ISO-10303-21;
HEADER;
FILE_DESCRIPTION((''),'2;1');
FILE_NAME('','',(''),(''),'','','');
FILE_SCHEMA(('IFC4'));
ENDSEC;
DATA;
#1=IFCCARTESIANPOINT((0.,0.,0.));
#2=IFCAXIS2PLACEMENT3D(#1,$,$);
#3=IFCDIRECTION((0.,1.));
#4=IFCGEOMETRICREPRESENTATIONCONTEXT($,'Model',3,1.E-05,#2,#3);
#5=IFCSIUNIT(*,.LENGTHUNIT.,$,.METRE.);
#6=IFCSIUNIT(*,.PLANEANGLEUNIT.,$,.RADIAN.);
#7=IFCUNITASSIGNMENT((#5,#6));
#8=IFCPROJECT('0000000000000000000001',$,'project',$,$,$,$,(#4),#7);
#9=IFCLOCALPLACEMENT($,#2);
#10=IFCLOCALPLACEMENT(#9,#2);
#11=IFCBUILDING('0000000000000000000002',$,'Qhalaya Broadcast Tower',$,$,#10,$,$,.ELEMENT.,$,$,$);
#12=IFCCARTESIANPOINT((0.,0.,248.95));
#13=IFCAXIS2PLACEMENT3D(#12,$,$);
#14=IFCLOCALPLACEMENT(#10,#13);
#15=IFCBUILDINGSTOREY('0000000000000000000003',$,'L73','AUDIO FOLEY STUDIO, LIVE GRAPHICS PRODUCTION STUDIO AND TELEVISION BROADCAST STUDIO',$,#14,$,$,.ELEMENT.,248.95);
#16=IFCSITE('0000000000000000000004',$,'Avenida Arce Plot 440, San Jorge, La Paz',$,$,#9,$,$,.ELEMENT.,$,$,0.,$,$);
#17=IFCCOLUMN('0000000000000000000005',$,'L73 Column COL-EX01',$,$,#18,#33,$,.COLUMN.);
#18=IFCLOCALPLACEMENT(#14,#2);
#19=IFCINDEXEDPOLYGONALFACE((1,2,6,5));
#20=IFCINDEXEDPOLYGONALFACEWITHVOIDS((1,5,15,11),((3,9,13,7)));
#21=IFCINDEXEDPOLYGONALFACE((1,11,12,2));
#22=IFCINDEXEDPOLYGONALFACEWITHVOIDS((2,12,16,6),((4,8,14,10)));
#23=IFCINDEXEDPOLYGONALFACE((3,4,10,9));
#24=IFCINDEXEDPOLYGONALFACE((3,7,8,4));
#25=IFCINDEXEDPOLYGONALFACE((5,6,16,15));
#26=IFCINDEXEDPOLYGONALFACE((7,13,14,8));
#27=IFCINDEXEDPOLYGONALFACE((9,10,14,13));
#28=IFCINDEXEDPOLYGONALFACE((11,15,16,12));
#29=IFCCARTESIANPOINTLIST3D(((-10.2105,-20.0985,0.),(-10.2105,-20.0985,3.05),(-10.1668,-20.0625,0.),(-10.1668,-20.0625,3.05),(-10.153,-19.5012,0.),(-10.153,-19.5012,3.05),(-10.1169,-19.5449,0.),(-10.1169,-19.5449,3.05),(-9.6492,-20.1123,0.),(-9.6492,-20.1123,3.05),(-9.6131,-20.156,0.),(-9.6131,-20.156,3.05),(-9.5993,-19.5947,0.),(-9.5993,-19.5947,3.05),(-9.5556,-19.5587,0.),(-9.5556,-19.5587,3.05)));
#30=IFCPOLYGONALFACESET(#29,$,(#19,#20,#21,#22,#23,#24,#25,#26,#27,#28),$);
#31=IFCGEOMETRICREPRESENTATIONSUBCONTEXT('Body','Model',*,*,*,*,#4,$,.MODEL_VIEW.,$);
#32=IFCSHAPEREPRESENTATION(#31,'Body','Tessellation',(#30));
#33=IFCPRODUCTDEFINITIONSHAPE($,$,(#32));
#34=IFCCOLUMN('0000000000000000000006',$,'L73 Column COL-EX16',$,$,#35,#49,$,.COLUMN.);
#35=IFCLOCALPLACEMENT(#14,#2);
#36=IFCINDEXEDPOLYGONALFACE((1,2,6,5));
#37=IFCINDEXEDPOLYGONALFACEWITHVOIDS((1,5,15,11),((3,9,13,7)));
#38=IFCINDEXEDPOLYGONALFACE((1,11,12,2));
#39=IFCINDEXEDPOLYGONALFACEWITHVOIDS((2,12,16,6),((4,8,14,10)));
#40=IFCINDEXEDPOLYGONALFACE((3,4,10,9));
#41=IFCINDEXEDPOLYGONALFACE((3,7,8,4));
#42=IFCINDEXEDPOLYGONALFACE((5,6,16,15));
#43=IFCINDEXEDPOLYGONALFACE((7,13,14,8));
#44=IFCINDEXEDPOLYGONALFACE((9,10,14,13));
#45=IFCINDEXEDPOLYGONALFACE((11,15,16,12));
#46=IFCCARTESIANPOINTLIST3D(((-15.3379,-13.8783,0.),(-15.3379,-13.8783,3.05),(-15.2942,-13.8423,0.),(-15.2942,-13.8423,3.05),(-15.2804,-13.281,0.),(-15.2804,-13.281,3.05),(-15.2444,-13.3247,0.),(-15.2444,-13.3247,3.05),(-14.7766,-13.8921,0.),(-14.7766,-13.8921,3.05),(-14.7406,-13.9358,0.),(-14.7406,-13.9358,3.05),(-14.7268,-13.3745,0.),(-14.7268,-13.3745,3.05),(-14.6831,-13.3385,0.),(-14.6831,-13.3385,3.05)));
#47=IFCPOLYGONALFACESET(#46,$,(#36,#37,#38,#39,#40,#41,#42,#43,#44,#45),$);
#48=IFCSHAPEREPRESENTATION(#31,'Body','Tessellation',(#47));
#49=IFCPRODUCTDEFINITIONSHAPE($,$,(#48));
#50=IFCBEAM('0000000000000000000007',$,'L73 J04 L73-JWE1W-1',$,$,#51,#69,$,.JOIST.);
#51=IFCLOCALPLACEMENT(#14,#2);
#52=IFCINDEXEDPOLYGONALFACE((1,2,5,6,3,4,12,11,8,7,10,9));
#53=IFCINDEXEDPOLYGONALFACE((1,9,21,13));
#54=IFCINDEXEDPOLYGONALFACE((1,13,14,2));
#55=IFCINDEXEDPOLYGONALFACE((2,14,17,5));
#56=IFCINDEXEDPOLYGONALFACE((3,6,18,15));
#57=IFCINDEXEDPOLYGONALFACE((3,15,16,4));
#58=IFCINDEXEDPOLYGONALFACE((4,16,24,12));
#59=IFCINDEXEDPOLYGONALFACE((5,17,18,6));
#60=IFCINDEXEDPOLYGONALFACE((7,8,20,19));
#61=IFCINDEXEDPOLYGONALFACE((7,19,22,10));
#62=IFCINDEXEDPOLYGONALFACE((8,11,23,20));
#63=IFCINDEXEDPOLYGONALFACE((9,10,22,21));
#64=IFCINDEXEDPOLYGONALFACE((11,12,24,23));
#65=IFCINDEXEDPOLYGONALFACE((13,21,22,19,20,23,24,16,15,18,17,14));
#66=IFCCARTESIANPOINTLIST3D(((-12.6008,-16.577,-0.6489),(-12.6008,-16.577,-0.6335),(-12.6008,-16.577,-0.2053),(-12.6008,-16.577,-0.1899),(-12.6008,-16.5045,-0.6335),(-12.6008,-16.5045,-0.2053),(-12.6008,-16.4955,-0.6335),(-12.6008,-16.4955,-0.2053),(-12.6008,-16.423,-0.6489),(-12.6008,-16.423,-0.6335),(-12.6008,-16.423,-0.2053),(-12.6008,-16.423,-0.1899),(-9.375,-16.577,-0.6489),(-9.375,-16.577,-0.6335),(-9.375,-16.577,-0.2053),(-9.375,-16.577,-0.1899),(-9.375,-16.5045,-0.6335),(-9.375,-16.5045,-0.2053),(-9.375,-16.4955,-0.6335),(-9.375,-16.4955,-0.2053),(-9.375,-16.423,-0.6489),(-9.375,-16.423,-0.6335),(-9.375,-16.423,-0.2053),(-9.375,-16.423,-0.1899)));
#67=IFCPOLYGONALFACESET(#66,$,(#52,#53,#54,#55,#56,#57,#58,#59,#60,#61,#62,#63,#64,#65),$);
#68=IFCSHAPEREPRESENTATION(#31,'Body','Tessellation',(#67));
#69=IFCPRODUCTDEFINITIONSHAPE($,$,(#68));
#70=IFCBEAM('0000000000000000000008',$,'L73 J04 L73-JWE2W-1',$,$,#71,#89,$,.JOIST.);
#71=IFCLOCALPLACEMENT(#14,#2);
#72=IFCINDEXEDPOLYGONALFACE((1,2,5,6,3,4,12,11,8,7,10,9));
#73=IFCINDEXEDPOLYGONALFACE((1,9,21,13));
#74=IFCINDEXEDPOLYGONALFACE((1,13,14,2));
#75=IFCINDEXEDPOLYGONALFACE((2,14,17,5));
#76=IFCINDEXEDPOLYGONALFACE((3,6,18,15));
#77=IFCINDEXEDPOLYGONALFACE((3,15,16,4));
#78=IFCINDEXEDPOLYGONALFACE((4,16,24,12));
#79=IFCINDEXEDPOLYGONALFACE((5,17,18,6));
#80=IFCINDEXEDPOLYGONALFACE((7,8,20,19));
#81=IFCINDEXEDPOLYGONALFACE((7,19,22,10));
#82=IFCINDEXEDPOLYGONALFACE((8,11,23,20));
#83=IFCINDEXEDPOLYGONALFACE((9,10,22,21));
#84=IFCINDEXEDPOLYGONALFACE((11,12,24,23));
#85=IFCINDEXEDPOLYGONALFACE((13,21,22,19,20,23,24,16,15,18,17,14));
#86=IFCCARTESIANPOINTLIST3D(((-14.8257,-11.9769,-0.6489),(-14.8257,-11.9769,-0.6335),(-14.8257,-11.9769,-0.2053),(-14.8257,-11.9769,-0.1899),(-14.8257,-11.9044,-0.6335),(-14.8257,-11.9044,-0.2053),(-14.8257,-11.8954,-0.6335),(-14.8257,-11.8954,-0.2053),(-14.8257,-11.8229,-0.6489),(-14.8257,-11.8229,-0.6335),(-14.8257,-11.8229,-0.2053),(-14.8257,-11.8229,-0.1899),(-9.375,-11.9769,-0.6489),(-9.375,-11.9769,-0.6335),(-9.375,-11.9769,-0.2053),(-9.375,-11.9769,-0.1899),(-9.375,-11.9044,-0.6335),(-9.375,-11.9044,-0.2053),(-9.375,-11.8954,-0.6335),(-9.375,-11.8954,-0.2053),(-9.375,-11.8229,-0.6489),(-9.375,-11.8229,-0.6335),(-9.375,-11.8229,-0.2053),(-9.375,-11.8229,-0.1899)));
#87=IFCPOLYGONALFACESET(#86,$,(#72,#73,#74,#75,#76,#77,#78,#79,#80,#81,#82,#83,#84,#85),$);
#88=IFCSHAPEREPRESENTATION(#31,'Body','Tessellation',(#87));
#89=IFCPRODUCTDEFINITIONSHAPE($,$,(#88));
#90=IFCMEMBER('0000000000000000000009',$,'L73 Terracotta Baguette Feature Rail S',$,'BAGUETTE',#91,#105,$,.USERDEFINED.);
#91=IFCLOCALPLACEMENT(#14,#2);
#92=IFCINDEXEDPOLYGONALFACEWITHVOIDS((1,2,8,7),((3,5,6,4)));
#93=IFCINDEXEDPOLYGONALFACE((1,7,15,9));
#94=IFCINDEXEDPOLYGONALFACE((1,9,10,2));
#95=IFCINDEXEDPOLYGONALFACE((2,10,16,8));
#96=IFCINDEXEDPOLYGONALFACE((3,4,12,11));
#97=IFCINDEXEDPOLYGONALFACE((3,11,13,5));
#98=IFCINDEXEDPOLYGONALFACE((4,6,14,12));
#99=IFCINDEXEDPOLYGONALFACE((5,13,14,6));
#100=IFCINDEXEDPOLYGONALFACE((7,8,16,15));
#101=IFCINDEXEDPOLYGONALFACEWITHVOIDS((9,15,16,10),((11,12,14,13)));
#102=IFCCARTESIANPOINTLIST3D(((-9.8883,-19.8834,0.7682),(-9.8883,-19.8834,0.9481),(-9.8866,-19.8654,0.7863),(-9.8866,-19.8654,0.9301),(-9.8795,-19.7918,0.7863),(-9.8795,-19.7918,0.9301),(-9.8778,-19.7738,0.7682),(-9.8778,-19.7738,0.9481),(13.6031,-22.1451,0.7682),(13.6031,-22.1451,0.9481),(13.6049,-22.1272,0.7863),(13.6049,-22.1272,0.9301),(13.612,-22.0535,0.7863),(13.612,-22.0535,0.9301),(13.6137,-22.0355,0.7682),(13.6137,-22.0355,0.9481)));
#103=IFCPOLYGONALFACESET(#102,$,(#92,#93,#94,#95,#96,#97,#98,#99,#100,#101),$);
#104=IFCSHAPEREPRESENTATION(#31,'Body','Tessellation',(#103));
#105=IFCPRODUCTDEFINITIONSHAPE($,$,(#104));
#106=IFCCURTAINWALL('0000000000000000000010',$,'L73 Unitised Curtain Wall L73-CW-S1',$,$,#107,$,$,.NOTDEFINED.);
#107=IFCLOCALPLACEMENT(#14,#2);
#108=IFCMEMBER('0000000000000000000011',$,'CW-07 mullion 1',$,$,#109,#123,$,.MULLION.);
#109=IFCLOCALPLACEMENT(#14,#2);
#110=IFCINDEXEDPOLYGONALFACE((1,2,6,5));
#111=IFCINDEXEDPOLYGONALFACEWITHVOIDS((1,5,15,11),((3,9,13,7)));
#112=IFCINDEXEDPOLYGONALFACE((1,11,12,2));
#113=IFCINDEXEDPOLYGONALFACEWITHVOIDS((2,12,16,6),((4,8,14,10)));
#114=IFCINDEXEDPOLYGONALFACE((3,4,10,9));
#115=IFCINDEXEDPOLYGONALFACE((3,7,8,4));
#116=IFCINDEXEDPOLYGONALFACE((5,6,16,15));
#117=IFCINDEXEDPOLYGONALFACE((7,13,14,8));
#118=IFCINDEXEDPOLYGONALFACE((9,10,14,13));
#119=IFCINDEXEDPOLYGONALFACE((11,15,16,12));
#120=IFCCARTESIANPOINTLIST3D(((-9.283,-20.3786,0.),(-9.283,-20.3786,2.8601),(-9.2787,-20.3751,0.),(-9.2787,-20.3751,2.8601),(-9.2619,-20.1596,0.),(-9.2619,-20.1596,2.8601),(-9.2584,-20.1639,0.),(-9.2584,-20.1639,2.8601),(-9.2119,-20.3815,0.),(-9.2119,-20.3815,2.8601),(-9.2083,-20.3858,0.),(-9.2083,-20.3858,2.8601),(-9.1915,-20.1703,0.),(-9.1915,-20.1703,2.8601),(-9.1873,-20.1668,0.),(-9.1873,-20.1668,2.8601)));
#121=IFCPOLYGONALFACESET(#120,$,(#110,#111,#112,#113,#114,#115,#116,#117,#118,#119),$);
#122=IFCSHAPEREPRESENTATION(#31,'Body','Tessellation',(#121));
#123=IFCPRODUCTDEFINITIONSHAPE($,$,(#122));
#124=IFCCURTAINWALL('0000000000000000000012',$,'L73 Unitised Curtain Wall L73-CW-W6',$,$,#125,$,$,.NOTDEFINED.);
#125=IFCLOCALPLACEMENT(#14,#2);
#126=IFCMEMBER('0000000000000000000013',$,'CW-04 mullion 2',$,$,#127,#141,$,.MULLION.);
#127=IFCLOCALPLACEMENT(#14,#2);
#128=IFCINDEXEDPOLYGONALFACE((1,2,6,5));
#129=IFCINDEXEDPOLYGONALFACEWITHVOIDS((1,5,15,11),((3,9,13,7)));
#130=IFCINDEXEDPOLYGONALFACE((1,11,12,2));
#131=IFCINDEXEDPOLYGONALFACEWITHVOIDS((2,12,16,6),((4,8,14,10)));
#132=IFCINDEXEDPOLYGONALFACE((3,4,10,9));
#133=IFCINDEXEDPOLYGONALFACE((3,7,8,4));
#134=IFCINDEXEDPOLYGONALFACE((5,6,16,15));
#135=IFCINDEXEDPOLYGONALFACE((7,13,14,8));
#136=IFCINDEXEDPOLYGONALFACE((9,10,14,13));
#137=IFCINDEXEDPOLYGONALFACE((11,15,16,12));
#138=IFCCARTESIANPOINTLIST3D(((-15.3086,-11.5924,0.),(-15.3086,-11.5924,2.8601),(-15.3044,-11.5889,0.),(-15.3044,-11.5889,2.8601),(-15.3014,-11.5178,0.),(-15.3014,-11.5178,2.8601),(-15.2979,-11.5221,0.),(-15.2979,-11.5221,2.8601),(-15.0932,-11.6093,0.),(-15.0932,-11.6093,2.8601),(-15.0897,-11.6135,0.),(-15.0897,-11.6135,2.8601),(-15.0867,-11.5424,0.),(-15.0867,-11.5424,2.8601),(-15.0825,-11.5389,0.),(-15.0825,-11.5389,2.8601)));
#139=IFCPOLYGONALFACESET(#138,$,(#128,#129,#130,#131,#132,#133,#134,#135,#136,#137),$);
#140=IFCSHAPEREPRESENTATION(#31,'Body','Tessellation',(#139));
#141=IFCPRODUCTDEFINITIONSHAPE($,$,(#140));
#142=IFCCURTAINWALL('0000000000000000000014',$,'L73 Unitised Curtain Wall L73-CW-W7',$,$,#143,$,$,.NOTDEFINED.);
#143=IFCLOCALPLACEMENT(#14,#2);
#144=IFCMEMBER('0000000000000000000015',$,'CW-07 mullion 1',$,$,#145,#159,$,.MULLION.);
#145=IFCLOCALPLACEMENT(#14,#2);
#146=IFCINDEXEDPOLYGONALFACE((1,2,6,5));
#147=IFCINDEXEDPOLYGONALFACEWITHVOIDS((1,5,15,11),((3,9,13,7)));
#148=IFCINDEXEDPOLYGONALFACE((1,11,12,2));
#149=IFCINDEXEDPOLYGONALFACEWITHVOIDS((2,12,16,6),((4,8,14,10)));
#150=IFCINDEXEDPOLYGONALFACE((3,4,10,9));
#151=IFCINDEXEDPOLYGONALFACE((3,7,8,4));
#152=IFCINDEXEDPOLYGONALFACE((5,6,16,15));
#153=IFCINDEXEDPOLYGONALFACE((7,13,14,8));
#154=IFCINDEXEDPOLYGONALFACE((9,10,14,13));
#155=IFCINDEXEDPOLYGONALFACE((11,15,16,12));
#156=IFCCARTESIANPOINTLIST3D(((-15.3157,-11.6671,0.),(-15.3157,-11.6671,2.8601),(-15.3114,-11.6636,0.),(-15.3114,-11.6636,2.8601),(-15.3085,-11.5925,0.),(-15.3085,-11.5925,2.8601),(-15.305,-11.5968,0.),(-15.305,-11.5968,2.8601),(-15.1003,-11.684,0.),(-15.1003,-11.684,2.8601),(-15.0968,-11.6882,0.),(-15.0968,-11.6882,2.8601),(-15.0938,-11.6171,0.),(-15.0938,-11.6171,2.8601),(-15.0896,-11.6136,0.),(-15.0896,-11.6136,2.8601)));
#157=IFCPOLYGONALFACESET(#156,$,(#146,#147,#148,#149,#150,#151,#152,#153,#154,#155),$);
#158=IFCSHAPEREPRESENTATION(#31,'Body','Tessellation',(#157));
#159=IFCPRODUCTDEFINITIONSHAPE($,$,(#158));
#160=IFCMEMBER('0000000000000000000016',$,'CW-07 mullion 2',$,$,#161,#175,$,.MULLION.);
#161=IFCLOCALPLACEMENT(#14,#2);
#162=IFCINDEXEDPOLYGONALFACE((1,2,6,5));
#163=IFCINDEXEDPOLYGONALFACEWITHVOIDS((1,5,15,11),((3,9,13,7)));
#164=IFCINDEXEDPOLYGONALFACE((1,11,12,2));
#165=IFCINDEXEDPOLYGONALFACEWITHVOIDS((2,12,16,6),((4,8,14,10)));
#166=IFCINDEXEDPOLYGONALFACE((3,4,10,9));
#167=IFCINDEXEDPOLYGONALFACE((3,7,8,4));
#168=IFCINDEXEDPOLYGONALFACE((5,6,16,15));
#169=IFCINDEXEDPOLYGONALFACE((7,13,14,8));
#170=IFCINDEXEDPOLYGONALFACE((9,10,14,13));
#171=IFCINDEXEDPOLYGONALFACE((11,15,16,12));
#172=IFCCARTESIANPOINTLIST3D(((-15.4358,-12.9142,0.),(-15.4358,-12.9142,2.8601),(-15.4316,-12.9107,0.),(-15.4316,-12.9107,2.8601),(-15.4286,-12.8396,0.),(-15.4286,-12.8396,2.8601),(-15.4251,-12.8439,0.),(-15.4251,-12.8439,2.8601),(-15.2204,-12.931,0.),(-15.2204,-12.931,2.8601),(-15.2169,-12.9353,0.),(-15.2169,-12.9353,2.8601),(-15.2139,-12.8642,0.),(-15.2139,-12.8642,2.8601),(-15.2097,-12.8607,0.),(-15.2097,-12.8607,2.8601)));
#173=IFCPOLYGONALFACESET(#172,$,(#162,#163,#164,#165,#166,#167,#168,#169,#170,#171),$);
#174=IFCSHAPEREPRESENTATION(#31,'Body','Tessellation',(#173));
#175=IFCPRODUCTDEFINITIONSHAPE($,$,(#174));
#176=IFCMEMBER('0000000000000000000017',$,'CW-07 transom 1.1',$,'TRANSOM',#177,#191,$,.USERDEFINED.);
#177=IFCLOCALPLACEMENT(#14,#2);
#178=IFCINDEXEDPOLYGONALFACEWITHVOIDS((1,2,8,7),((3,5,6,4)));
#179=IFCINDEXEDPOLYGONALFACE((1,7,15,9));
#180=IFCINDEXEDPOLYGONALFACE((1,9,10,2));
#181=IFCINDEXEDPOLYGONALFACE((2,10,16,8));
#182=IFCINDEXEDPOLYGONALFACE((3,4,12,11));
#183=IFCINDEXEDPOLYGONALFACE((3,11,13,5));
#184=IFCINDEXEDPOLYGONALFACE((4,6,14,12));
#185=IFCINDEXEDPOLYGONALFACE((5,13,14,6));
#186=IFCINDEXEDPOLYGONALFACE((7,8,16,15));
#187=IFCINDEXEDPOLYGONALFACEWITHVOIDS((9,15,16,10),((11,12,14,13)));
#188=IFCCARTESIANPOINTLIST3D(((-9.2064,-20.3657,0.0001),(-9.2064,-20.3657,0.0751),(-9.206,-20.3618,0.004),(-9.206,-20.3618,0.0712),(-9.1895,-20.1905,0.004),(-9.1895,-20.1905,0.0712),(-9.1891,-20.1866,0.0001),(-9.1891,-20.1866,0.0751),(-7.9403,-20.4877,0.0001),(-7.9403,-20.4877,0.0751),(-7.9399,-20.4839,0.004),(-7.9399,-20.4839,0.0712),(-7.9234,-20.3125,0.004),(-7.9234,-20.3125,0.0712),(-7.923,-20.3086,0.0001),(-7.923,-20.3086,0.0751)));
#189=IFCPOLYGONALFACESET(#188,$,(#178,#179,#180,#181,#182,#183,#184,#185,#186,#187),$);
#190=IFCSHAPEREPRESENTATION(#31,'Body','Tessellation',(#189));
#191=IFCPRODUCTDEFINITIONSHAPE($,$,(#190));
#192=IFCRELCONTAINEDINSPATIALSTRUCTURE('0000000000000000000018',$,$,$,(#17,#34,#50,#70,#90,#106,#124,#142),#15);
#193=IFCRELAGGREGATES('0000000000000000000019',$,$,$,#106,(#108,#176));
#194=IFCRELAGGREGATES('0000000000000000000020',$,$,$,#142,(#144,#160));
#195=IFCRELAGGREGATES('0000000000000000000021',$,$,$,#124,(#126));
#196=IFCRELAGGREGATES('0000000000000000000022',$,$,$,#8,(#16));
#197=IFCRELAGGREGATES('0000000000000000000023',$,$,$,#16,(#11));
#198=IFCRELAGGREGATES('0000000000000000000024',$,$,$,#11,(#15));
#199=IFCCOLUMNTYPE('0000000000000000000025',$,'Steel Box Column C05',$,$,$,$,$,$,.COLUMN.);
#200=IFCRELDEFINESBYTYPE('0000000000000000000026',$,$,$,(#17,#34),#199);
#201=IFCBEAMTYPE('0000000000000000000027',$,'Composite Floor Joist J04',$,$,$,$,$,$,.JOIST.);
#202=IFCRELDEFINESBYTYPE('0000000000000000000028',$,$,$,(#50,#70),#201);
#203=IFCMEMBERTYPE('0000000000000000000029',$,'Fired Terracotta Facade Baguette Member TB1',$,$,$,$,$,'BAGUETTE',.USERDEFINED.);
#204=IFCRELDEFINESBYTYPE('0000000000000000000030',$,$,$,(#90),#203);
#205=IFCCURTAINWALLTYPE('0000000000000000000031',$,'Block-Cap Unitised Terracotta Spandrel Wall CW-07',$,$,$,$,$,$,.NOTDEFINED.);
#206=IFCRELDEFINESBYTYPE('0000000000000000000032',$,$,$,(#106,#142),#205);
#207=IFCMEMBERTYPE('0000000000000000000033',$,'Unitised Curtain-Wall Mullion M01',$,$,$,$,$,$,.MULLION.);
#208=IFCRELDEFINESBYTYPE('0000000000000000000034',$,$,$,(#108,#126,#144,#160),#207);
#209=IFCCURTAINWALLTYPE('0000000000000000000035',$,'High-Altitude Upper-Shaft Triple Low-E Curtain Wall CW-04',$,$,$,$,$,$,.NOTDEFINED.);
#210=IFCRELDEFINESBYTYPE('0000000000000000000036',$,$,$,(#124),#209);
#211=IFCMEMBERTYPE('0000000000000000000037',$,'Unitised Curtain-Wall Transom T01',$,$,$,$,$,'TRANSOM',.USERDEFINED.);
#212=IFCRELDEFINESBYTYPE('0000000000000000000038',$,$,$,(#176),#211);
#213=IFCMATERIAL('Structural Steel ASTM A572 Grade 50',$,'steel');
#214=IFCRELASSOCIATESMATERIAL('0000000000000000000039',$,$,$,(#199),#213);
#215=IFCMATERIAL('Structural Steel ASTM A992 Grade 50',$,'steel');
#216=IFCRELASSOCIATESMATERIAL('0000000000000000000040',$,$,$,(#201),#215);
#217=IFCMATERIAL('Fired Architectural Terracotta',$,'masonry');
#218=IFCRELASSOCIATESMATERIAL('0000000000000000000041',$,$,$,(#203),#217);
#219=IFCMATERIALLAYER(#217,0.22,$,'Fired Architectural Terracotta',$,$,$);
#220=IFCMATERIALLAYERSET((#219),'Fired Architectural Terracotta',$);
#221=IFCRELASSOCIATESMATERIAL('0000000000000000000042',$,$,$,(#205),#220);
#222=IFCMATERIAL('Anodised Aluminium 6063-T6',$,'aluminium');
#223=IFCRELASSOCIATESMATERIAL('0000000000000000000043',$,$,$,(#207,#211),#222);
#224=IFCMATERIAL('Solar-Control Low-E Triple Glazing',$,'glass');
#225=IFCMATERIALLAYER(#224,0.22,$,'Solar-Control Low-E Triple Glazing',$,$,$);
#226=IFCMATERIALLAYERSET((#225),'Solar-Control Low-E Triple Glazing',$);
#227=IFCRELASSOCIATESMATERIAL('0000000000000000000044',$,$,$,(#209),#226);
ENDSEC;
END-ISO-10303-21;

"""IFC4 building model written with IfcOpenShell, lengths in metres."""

from ifc_helpers import new_model, si_unit, direction, frame, origin, origin_2d, place, context, subcontext, project, spatial, hollow_rectangle, i_section, extrude, material, layer, layer_set, material_profile, profile_set, type_object, element, aggregate, save


model = new_model("IFC4")

# Units and contexts
model_context = context("Model", 3, precision=1e-05, world=origin(), true_north=direction((0.0, 1.0)))
body_context = subcontext(model_context, "Body", "Model", "MODEL_VIEW")
ifc_project = project(units=[si_unit("LENGTHUNIT", "METRE"), si_unit("PLANEANGLEUNIT", "RADIAN")], contexts=[model_context])

# Site, building, storey
site_placement = place(None, origin())
site = spatial("IfcSite", under=ifc_project, at=site_placement, Name="Avenida Arce Plot 440, San Jorge, La Paz", CompositionType="ELEMENT", RefElevation=0.0)
building_placement = place(site_placement, origin())
building = spatial("IfcBuilding", under=site, at=building_placement, Name="Qhalaya Broadcast Tower", CompositionType="ELEMENT")
storey_placement = place(building_placement, frame((0.0, 0.0, 248.95)))
storey = spatial("IfcBuildingStorey", under=building, at=storey_placement, Name="L73", Description="AUDIO FOLEY STUDIO, LIVE GRAPHICS PRODUCTION STUDIO AND TELEVISION BROADCAST STUDIO", CompositionType="ELEMENT", Elevation=248.95)

# Columns
ifc_material_1 = material(Name="Structural Steel ASTM A572 Grade 50", Category="steel")
ifc_material_profile_1 = material_profile(ifc_material_1, hollow_rectangle(XDim=0.6001, YDim=0.6001, WallThickness=0.04, at=origin_2d()), Name="BOX 600x600x40")
ifc_profile_set_1 = profile_set([ifc_material_profile_1], Name="Structural Steel ASTM A572 Grade 50")
column_type = type_object("IfcColumnType", Name="Steel Box Column C05", PredefinedType="COLUMN", material=ifc_profile_set_1)
for number, where, z_axis, x_axis, name in (
    (1, (-9.8831, -19.8286, 0.0), (0.0, 0.0, 1.0), (0.995396, -0.095846, 0.0), "L73 Column COL-EX01"),
    (2, (-15.0105, -13.6084, 0.0), (0.0, 0.0, 1.0), (0.095846, 0.995396, 0.0), "L73 Column COL-EX16"),
):
    element("IfcColumn", number, at=place(storey_placement, frame(where, z_axis=z_axis, x_axis=x_axis)), inside=storey, type_object=column_type, Name=name, PredefinedType="COLUMN", context=body_context, shape_type="SweptSolid", body=[
        extrude(hollow_rectangle(XDim=0.6001, YDim=0.6001, WallThickness=0.04, at=origin_2d()), origin(), (0.0, 0.0, 1.0), 3.05),
    ])

# Beams
ifc_material_2 = material(Name="Structural Steel ASTM A992 Grade 50", Category="steel")
ifc_material_profile_2 = material_profile(ifc_material_2, i_section(OverallWidth=0.1541, OverallDepth=0.459, WebThickness=0.009, FlangeThickness=0.0154, at=origin_2d()), Name="W18X46")
ifc_profile_set_2 = profile_set([ifc_material_profile_2], Name="Structural Steel ASTM A992 Grade 50")
beam_type_1 = type_object("IfcBeamType", Name="Composite Floor Joist J04", PredefinedType="JOIST", material=ifc_profile_set_2)
beam_1_placement = place(storey_placement, frame((-12.6008, -16.5, -0.4194), z_axis=(1.0, 0.0, 0.0), x_axis=(0.0, 1.0, 0.0)))
element("IfcBeam", 3, at=beam_1_placement, inside=storey, type_object=beam_type_1, Name="L73 J04 L73-JWE1W-1", PredefinedType="JOIST", context=body_context, shape_type="SweptSolid", body=[
    extrude(i_section(OverallWidth=0.1541, OverallDepth=0.459, WebThickness=0.009, FlangeThickness=0.0154, at=origin_2d()), origin(), (0.0, 0.0, 1.0), 3.2258),
])
beam_2_placement = place(storey_placement, frame((-14.8257, -11.8999, -0.4194), z_axis=(1.0, 0.0, 0.0), x_axis=(0.0, 1.0, 0.0)))
element("IfcBeam", 4, at=beam_2_placement, inside=storey, type_object=beam_type_1, Name="L73 J04 L73-JWE2W-1", PredefinedType="JOIST", context=body_context, shape_type="SweptSolid", body=[
    extrude(i_section(OverallWidth=0.1541, OverallDepth=0.459, WebThickness=0.009, FlangeThickness=0.0154, at=origin_2d()), origin(), (0.0, 0.0, 1.0), 5.4507),
])

# Member
ifc_material_3 = material(Name="Fired Architectural Terracotta", Category="masonry")
ifc_material_profile_3 = material_profile(ifc_material_3, hollow_rectangle(XDim=0.1101, YDim=0.1799, WallThickness=0.0181, at=origin_2d()), Name="TB-BAG 110x180x18")
ifc_profile_set_3 = profile_set([ifc_material_profile_3], Name="Fired Architectural Terracotta")
member_type_1 = type_object("IfcMemberType", Name="Fired Terracotta Facade Baguette Member TB1", ElementType="BAGUETTE", PredefinedType="USERDEFINED", material=ifc_profile_set_3)
member_1_placement = place(storey_placement, frame((-9.8831, -19.8286, 0.8582), z_axis=(0.995397, -0.095835, 0.0), x_axis=(0.095835, 0.995397, 0.0)))
element("IfcMember", 5, at=member_1_placement, inside=storey, type_object=member_type_1, Name="L73 Terracotta Baguette Feature Rail S", ObjectType="BAGUETTE", PredefinedType="USERDEFINED", context=body_context, shape_type="SweptSolid", body=[
    extrude(hollow_rectangle(XDim=0.1101, YDim=0.1799, WallThickness=0.0181, at=origin_2d()), origin(), (0.0, 0.0, 1.0), 23.6001),
])

# Curtain walls, members
ifc_layer_1 = layer(ifc_material_3, 0.22, Name="Fired Architectural Terracotta")
ifc_layer_set_1 = layer_set([ifc_layer_1], Name="Fired Architectural Terracotta")
curtain_wall_type_1 = type_object("IfcCurtainWallType", Name="Block-Cap Unitised Terracotta Spandrel Wall CW-07", PredefinedType="NOTDEFINED", material=ifc_layer_set_1)
curtain_wall_1_placement = place(storey_placement, origin())
curtain_wall_1 = element("IfcCurtainWall", 6, at=curtain_wall_1_placement, inside=storey, type_object=curtain_wall_type_1, Name="L73 Unitised Curtain Wall L73-CW-S1", PredefinedType="NOTDEFINED")
ifc_material_4 = material(Name="Anodised Aluminium 6063-T6", Category="aluminium")
ifc_material_profile_4 = material_profile(ifc_material_4, hollow_rectangle(XDim=0.075, YDim=0.22, WallThickness=0.0039, at=origin_2d()), Name="ALU-MUL 75x220x4")
ifc_profile_set_4 = profile_set([ifc_material_profile_4], Name="Anodised Aluminium 6063-T6")
member_type_2 = type_object("IfcMemberType", Name="Unitised Curtain-Wall Mullion M01", PredefinedType="MULLION", material=ifc_profile_set_4)
member_2_placement = place(storey_placement, frame((-9.2351, -20.2727, 0.0), z_axis=(0.0, 0.0, 1.0), x_axis=(0.995396, -0.095848, 0.0)))
member_2 = element("IfcMember", 7, at=member_2_placement, type_object=member_type_2, Name="CW-07 mullion 1", PredefinedType="MULLION", context=body_context, shape_type="SweptSolid", body=[
    extrude(hollow_rectangle(XDim=0.075, YDim=0.22, WallThickness=0.0039, at=origin_2d()), origin(), (0.0, 0.0, 1.0), 2.8601),
])
ifc_material_5 = material(Name="Solar-Control Low-E Triple Glazing", Category="glass")
ifc_layer_2 = layer(ifc_material_5, 0.22, Name="Solar-Control Low-E Triple Glazing")
ifc_layer_set_2 = layer_set([ifc_layer_2], Name="Solar-Control Low-E Triple Glazing")
curtain_wall_type_2 = type_object("IfcCurtainWallType", Name="High-Altitude Upper-Shaft Triple Low-E Curtain Wall CW-04", PredefinedType="NOTDEFINED", material=ifc_layer_set_2)
curtain_wall_2_placement = place(storey_placement, origin())
curtain_wall_2 = element("IfcCurtainWall", 8, at=curtain_wall_2_placement, inside=storey, type_object=curtain_wall_type_2, Name="L73 Unitised Curtain Wall L73-CW-W6", PredefinedType="NOTDEFINED")
member_3_placement = place(storey_placement, frame((-15.1956, -11.5657, 0.0), z_axis=(0.0, 0.0, 1.0), x_axis=(-0.095855, -0.995395, 0.0)))
member_3 = element("IfcMember", 9, at=member_3_placement, type_object=member_type_2, Name="CW-04 mullion 2", PredefinedType="MULLION", context=body_context, shape_type="SweptSolid", body=[
    extrude(hollow_rectangle(XDim=0.075, YDim=0.22, WallThickness=0.0039, at=origin_2d()), origin(), (0.0, 0.0, 1.0), 2.8601),
])

# Curtain wall, members
curtain_wall_3_placement = place(storey_placement, origin())
curtain_wall_3 = element("IfcCurtainWall", 10, at=curtain_wall_3_placement, inside=storey, type_object=curtain_wall_type_1, Name="L73 Unitised Curtain Wall L73-CW-W7", PredefinedType="NOTDEFINED")
member_4_placement = place(storey_placement, frame((-15.2026, -11.6404, 0.0), z_axis=(0.0, 0.0, 1.0), x_axis=(-0.095857, -0.995395, 0.0)))
member_4 = element("IfcMember", 11, at=member_4_placement, type_object=member_type_2, Name="CW-07 mullion 1", PredefinedType="MULLION", context=body_context, shape_type="SweptSolid", body=[
    extrude(hollow_rectangle(XDim=0.075, YDim=0.22, WallThickness=0.0039, at=origin_2d()), origin(), (0.0, 0.0, 1.0), 2.8601),
])
member_5_placement = place(storey_placement, frame((-15.3228, -12.8875, 0.0), z_axis=(0.0, 0.0, 1.0), x_axis=(-0.095857, -0.995395, 0.0)))
member_5 = element("IfcMember", 12, at=member_5_placement, type_object=member_type_2, Name="CW-07 mullion 2", PredefinedType="MULLION", context=body_context, shape_type="SweptSolid", body=[
    extrude(hollow_rectangle(XDim=0.075, YDim=0.22, WallThickness=0.0039, at=origin_2d()), origin(), (0.0, 0.0, 1.0), 2.8601),
])

# Member
ifc_material_profile_5 = material_profile(ifc_material_4, hollow_rectangle(XDim=0.075, YDim=0.1799, WallThickness=0.0039, at=origin_2d()), Name="ALU-TRN 75x180x4")
ifc_profile_set_5 = profile_set([ifc_material_profile_5], Name="Anodised Aluminium 6063-T6")
member_type_3 = type_object("IfcMemberType", Name="Unitised Curtain-Wall Transom T01", ElementType="TRANSOM", PredefinedType="USERDEFINED", material=ifc_profile_set_5)
member_6_placement = place(storey_placement, frame((-9.1978, -20.2761, 0.0376), z_axis=(0.995384, -0.095968, 0.0), x_axis=(0.0, 0.0, 1.0)))
member_6 = element("IfcMember", 13, at=member_6_placement, type_object=member_type_3, Name="CW-07 transom 1.1", ObjectType="TRANSOM", PredefinedType="USERDEFINED", context=body_context, shape_type="SweptSolid", body=[
    extrude(hollow_rectangle(XDim=0.075, YDim=0.1799, WallThickness=0.0039, at=origin_2d()), origin(), (0.0, 0.0, 1.0), 1.272),
])
aggregate(curtain_wall_1, [member_2, member_6])

aggregate(curtain_wall_3, [member_4, member_5])
aggregate(curtain_wall_2, [member_3])

save(model, "model.ifc")
